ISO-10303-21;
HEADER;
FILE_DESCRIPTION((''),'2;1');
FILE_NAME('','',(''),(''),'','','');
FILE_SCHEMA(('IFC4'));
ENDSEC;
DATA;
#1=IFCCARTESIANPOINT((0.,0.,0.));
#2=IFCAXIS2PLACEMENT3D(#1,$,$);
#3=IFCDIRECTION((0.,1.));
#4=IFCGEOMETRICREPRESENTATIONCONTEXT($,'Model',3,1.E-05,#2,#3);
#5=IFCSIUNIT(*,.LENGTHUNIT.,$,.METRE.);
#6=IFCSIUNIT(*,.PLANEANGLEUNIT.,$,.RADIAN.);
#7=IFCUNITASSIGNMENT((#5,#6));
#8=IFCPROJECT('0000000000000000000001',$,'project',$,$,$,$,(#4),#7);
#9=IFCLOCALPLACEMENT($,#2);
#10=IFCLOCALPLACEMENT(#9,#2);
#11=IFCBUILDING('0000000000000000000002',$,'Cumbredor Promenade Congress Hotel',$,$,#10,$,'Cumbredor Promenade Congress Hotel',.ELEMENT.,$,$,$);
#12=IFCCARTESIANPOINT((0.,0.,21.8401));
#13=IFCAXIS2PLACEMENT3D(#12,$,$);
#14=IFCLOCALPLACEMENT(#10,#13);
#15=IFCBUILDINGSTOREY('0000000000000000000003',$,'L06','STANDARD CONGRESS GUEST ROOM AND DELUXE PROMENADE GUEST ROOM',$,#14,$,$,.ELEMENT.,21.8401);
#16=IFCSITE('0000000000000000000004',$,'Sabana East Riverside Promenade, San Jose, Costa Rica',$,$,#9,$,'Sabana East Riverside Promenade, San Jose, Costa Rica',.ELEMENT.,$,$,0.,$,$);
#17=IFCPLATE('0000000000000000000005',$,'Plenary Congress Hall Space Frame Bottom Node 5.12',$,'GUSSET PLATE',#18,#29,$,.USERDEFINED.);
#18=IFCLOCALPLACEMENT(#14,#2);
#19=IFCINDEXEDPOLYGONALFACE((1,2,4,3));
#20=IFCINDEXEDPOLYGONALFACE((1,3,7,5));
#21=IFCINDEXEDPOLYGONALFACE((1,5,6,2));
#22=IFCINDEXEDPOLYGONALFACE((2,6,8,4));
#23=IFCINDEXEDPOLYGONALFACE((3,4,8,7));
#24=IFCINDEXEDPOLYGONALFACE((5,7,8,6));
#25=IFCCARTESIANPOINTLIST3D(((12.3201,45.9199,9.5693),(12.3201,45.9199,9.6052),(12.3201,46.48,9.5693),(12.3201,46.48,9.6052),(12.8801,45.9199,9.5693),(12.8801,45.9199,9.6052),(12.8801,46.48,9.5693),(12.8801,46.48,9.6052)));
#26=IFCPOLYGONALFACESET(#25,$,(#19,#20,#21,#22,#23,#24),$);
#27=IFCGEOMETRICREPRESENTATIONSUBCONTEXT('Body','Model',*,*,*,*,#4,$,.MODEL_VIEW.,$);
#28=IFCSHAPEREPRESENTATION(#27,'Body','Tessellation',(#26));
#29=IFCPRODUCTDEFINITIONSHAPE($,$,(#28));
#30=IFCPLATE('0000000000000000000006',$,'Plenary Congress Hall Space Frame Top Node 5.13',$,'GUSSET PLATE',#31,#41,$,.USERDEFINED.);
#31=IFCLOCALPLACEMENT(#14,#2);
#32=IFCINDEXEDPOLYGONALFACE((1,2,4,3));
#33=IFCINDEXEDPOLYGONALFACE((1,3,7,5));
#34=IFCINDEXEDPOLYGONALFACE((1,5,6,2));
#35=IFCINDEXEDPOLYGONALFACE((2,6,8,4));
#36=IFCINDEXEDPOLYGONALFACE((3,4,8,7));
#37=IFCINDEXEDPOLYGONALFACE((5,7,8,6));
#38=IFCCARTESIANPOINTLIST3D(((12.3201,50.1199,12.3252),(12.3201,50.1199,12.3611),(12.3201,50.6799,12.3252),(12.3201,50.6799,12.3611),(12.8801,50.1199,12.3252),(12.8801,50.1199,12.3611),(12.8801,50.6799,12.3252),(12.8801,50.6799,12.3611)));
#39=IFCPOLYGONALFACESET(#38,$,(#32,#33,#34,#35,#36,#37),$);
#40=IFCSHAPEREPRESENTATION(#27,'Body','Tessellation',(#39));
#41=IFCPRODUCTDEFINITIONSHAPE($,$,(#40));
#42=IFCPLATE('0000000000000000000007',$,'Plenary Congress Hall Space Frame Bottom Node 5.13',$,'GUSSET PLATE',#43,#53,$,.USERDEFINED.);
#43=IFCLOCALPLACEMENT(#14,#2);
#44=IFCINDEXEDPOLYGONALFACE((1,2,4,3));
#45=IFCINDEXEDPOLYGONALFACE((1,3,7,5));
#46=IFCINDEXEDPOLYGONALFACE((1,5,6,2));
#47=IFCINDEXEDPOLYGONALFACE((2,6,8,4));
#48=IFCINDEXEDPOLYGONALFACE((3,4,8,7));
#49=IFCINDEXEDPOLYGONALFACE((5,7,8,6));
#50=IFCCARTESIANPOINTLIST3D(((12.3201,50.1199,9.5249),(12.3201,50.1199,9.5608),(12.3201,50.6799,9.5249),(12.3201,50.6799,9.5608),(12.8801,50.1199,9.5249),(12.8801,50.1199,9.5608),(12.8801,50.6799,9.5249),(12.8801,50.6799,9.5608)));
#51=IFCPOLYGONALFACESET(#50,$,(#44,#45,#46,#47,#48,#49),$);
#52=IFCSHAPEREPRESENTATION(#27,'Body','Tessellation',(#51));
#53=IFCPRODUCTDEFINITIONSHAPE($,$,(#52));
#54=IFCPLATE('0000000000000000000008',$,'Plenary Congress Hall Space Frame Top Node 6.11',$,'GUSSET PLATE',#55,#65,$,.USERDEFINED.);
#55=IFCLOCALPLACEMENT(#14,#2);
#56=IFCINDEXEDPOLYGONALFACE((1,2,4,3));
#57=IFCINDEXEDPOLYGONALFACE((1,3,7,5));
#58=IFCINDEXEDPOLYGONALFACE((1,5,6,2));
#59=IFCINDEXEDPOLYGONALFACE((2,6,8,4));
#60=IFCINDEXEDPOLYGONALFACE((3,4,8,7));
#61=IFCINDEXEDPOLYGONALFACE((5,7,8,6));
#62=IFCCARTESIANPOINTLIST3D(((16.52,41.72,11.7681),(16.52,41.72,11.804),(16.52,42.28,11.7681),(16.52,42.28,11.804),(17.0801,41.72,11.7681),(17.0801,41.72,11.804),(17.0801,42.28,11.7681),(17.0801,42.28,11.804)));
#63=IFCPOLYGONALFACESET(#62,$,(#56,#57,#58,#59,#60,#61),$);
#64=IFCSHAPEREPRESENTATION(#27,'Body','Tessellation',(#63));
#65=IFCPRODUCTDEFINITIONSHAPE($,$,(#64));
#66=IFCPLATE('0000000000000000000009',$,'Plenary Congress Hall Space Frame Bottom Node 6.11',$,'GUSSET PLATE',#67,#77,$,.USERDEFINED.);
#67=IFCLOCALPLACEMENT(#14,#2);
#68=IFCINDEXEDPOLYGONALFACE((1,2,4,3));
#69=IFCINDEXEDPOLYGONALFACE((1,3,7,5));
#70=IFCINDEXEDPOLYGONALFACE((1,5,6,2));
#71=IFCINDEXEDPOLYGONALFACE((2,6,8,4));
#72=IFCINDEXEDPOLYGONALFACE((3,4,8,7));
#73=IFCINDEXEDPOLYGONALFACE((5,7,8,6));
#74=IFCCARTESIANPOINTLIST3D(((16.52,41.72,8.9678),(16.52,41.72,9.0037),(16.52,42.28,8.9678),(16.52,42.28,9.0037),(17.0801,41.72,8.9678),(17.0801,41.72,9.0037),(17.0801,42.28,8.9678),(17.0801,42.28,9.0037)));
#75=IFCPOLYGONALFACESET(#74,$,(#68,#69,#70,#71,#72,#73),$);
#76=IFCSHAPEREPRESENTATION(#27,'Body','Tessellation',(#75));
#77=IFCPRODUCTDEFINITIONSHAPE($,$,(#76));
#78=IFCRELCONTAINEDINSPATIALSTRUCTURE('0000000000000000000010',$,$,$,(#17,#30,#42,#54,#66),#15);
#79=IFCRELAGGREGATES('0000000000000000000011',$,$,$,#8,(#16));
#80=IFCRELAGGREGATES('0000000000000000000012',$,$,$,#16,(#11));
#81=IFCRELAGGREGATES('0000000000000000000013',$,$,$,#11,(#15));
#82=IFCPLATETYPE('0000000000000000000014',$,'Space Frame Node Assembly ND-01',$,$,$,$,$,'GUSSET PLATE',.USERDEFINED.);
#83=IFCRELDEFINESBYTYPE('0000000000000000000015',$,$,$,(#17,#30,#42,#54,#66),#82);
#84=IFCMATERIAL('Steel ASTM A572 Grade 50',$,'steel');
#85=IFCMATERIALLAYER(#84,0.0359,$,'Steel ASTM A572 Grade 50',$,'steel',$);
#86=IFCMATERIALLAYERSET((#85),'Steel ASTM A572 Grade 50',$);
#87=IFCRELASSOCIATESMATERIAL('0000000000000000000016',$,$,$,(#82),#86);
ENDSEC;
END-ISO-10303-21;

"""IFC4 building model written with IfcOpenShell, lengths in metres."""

from ifc_helpers import new_model, si_unit, direction, frame, origin, origin_2d, place, context, subcontext, project, spatial, rectangle, extrude, material, layer, layer_set, type_object, element, save


model = new_model("IFC4")

# Units and contexts
model_context = context("Model", 3, precision=1e-05, world=origin(), true_north=direction((0.0, 1.0)))
body_context = subcontext(model_context, "Body", "Model", "MODEL_VIEW")
ifc_project = project(units=[si_unit("LENGTHUNIT", "METRE"), si_unit("PLANEANGLEUNIT", "RADIAN")], contexts=[model_context])

# Site, building, storey
site_placement = place(None, origin())
site = spatial("IfcSite", under=ifc_project, at=site_placement, Name="Sabana East Riverside Promenade, San Jose, Costa Rica", LongName="Sabana East Riverside Promenade, San Jose, Costa Rica", CompositionType="ELEMENT", RefElevation=0.0)
building_placement = place(site_placement, origin())
building = spatial("IfcBuilding", under=site, at=building_placement, Name="Cumbredor Promenade Congress Hotel", LongName="Cumbredor Promenade Congress Hotel", CompositionType="ELEMENT")
storey_placement = place(building_placement, frame((0.0, 0.0, 21.8401)))
storey = spatial("IfcBuildingStorey", under=building, at=storey_placement, Name="L06", Description="STANDARD CONGRESS GUEST ROOM AND DELUXE PROMENADE GUEST ROOM", CompositionType="ELEMENT", Elevation=21.8401)

# Plates
ifc_material_1 = material(Name="Steel ASTM A572 Grade 50", Category="steel")
ifc_layer = layer(ifc_material_1, 0.0359, Name="Steel ASTM A572 Grade 50", Category="steel")
ifc_layer_set = layer_set([ifc_layer], Name="Steel ASTM A572 Grade 50")
plate_type = type_object("IfcPlateType", Name="Space Frame Node Assembly ND-01", ElementType="GUSSET PLATE", PredefinedType="USERDEFINED", material=ifc_layer_set)
for number, where, z_axis, x_axis, name in (
    (1, (12.6001, 46.2, 9.5693), (0.0, 0.0, 1.0), (1.0, 0.0, 0.0), "Plenary Congress Hall Space Frame Bottom Node 5.12"),
    (2, (12.6001, 50.3999, 12.3252), (0.0, 0.0, 1.0), (1.0, 0.0, 0.0), "Plenary Congress Hall Space Frame Top Node 5.13"),
    (3, (12.6001, 50.3999, 9.5249), (0.0, 0.0, 1.0), (1.0, 0.0, 0.0), "Plenary Congress Hall Space Frame Bottom Node 5.13"),
    (4, (16.8, 42.0, 11.7681), (0.0, 0.0, 1.0), (1.0, 0.0, 0.0), "Plenary Congress Hall Space Frame Top Node 6.11"),
    (5, (16.8, 42.0, 8.9678), (0.0, 0.0, 1.0), (1.0, 0.0, 0.0), "Plenary Congress Hall Space Frame Bottom Node 6.11"),
):
    element("IfcPlate", number, at=place(storey_placement, frame(where, z_axis=z_axis, x_axis=x_axis)), inside=storey, type_object=plate_type, Name=name, ObjectType="GUSSET PLATE", PredefinedType="USERDEFINED", context=body_context, shape_type="SweptSolid", body=[
        extrude(rectangle(XDim=0.5601, YDim=0.5601, at=origin_2d()), origin(), (0.0, 0.0, 1.0), 0.0359),
    ])

save(model, "model.ifc")
